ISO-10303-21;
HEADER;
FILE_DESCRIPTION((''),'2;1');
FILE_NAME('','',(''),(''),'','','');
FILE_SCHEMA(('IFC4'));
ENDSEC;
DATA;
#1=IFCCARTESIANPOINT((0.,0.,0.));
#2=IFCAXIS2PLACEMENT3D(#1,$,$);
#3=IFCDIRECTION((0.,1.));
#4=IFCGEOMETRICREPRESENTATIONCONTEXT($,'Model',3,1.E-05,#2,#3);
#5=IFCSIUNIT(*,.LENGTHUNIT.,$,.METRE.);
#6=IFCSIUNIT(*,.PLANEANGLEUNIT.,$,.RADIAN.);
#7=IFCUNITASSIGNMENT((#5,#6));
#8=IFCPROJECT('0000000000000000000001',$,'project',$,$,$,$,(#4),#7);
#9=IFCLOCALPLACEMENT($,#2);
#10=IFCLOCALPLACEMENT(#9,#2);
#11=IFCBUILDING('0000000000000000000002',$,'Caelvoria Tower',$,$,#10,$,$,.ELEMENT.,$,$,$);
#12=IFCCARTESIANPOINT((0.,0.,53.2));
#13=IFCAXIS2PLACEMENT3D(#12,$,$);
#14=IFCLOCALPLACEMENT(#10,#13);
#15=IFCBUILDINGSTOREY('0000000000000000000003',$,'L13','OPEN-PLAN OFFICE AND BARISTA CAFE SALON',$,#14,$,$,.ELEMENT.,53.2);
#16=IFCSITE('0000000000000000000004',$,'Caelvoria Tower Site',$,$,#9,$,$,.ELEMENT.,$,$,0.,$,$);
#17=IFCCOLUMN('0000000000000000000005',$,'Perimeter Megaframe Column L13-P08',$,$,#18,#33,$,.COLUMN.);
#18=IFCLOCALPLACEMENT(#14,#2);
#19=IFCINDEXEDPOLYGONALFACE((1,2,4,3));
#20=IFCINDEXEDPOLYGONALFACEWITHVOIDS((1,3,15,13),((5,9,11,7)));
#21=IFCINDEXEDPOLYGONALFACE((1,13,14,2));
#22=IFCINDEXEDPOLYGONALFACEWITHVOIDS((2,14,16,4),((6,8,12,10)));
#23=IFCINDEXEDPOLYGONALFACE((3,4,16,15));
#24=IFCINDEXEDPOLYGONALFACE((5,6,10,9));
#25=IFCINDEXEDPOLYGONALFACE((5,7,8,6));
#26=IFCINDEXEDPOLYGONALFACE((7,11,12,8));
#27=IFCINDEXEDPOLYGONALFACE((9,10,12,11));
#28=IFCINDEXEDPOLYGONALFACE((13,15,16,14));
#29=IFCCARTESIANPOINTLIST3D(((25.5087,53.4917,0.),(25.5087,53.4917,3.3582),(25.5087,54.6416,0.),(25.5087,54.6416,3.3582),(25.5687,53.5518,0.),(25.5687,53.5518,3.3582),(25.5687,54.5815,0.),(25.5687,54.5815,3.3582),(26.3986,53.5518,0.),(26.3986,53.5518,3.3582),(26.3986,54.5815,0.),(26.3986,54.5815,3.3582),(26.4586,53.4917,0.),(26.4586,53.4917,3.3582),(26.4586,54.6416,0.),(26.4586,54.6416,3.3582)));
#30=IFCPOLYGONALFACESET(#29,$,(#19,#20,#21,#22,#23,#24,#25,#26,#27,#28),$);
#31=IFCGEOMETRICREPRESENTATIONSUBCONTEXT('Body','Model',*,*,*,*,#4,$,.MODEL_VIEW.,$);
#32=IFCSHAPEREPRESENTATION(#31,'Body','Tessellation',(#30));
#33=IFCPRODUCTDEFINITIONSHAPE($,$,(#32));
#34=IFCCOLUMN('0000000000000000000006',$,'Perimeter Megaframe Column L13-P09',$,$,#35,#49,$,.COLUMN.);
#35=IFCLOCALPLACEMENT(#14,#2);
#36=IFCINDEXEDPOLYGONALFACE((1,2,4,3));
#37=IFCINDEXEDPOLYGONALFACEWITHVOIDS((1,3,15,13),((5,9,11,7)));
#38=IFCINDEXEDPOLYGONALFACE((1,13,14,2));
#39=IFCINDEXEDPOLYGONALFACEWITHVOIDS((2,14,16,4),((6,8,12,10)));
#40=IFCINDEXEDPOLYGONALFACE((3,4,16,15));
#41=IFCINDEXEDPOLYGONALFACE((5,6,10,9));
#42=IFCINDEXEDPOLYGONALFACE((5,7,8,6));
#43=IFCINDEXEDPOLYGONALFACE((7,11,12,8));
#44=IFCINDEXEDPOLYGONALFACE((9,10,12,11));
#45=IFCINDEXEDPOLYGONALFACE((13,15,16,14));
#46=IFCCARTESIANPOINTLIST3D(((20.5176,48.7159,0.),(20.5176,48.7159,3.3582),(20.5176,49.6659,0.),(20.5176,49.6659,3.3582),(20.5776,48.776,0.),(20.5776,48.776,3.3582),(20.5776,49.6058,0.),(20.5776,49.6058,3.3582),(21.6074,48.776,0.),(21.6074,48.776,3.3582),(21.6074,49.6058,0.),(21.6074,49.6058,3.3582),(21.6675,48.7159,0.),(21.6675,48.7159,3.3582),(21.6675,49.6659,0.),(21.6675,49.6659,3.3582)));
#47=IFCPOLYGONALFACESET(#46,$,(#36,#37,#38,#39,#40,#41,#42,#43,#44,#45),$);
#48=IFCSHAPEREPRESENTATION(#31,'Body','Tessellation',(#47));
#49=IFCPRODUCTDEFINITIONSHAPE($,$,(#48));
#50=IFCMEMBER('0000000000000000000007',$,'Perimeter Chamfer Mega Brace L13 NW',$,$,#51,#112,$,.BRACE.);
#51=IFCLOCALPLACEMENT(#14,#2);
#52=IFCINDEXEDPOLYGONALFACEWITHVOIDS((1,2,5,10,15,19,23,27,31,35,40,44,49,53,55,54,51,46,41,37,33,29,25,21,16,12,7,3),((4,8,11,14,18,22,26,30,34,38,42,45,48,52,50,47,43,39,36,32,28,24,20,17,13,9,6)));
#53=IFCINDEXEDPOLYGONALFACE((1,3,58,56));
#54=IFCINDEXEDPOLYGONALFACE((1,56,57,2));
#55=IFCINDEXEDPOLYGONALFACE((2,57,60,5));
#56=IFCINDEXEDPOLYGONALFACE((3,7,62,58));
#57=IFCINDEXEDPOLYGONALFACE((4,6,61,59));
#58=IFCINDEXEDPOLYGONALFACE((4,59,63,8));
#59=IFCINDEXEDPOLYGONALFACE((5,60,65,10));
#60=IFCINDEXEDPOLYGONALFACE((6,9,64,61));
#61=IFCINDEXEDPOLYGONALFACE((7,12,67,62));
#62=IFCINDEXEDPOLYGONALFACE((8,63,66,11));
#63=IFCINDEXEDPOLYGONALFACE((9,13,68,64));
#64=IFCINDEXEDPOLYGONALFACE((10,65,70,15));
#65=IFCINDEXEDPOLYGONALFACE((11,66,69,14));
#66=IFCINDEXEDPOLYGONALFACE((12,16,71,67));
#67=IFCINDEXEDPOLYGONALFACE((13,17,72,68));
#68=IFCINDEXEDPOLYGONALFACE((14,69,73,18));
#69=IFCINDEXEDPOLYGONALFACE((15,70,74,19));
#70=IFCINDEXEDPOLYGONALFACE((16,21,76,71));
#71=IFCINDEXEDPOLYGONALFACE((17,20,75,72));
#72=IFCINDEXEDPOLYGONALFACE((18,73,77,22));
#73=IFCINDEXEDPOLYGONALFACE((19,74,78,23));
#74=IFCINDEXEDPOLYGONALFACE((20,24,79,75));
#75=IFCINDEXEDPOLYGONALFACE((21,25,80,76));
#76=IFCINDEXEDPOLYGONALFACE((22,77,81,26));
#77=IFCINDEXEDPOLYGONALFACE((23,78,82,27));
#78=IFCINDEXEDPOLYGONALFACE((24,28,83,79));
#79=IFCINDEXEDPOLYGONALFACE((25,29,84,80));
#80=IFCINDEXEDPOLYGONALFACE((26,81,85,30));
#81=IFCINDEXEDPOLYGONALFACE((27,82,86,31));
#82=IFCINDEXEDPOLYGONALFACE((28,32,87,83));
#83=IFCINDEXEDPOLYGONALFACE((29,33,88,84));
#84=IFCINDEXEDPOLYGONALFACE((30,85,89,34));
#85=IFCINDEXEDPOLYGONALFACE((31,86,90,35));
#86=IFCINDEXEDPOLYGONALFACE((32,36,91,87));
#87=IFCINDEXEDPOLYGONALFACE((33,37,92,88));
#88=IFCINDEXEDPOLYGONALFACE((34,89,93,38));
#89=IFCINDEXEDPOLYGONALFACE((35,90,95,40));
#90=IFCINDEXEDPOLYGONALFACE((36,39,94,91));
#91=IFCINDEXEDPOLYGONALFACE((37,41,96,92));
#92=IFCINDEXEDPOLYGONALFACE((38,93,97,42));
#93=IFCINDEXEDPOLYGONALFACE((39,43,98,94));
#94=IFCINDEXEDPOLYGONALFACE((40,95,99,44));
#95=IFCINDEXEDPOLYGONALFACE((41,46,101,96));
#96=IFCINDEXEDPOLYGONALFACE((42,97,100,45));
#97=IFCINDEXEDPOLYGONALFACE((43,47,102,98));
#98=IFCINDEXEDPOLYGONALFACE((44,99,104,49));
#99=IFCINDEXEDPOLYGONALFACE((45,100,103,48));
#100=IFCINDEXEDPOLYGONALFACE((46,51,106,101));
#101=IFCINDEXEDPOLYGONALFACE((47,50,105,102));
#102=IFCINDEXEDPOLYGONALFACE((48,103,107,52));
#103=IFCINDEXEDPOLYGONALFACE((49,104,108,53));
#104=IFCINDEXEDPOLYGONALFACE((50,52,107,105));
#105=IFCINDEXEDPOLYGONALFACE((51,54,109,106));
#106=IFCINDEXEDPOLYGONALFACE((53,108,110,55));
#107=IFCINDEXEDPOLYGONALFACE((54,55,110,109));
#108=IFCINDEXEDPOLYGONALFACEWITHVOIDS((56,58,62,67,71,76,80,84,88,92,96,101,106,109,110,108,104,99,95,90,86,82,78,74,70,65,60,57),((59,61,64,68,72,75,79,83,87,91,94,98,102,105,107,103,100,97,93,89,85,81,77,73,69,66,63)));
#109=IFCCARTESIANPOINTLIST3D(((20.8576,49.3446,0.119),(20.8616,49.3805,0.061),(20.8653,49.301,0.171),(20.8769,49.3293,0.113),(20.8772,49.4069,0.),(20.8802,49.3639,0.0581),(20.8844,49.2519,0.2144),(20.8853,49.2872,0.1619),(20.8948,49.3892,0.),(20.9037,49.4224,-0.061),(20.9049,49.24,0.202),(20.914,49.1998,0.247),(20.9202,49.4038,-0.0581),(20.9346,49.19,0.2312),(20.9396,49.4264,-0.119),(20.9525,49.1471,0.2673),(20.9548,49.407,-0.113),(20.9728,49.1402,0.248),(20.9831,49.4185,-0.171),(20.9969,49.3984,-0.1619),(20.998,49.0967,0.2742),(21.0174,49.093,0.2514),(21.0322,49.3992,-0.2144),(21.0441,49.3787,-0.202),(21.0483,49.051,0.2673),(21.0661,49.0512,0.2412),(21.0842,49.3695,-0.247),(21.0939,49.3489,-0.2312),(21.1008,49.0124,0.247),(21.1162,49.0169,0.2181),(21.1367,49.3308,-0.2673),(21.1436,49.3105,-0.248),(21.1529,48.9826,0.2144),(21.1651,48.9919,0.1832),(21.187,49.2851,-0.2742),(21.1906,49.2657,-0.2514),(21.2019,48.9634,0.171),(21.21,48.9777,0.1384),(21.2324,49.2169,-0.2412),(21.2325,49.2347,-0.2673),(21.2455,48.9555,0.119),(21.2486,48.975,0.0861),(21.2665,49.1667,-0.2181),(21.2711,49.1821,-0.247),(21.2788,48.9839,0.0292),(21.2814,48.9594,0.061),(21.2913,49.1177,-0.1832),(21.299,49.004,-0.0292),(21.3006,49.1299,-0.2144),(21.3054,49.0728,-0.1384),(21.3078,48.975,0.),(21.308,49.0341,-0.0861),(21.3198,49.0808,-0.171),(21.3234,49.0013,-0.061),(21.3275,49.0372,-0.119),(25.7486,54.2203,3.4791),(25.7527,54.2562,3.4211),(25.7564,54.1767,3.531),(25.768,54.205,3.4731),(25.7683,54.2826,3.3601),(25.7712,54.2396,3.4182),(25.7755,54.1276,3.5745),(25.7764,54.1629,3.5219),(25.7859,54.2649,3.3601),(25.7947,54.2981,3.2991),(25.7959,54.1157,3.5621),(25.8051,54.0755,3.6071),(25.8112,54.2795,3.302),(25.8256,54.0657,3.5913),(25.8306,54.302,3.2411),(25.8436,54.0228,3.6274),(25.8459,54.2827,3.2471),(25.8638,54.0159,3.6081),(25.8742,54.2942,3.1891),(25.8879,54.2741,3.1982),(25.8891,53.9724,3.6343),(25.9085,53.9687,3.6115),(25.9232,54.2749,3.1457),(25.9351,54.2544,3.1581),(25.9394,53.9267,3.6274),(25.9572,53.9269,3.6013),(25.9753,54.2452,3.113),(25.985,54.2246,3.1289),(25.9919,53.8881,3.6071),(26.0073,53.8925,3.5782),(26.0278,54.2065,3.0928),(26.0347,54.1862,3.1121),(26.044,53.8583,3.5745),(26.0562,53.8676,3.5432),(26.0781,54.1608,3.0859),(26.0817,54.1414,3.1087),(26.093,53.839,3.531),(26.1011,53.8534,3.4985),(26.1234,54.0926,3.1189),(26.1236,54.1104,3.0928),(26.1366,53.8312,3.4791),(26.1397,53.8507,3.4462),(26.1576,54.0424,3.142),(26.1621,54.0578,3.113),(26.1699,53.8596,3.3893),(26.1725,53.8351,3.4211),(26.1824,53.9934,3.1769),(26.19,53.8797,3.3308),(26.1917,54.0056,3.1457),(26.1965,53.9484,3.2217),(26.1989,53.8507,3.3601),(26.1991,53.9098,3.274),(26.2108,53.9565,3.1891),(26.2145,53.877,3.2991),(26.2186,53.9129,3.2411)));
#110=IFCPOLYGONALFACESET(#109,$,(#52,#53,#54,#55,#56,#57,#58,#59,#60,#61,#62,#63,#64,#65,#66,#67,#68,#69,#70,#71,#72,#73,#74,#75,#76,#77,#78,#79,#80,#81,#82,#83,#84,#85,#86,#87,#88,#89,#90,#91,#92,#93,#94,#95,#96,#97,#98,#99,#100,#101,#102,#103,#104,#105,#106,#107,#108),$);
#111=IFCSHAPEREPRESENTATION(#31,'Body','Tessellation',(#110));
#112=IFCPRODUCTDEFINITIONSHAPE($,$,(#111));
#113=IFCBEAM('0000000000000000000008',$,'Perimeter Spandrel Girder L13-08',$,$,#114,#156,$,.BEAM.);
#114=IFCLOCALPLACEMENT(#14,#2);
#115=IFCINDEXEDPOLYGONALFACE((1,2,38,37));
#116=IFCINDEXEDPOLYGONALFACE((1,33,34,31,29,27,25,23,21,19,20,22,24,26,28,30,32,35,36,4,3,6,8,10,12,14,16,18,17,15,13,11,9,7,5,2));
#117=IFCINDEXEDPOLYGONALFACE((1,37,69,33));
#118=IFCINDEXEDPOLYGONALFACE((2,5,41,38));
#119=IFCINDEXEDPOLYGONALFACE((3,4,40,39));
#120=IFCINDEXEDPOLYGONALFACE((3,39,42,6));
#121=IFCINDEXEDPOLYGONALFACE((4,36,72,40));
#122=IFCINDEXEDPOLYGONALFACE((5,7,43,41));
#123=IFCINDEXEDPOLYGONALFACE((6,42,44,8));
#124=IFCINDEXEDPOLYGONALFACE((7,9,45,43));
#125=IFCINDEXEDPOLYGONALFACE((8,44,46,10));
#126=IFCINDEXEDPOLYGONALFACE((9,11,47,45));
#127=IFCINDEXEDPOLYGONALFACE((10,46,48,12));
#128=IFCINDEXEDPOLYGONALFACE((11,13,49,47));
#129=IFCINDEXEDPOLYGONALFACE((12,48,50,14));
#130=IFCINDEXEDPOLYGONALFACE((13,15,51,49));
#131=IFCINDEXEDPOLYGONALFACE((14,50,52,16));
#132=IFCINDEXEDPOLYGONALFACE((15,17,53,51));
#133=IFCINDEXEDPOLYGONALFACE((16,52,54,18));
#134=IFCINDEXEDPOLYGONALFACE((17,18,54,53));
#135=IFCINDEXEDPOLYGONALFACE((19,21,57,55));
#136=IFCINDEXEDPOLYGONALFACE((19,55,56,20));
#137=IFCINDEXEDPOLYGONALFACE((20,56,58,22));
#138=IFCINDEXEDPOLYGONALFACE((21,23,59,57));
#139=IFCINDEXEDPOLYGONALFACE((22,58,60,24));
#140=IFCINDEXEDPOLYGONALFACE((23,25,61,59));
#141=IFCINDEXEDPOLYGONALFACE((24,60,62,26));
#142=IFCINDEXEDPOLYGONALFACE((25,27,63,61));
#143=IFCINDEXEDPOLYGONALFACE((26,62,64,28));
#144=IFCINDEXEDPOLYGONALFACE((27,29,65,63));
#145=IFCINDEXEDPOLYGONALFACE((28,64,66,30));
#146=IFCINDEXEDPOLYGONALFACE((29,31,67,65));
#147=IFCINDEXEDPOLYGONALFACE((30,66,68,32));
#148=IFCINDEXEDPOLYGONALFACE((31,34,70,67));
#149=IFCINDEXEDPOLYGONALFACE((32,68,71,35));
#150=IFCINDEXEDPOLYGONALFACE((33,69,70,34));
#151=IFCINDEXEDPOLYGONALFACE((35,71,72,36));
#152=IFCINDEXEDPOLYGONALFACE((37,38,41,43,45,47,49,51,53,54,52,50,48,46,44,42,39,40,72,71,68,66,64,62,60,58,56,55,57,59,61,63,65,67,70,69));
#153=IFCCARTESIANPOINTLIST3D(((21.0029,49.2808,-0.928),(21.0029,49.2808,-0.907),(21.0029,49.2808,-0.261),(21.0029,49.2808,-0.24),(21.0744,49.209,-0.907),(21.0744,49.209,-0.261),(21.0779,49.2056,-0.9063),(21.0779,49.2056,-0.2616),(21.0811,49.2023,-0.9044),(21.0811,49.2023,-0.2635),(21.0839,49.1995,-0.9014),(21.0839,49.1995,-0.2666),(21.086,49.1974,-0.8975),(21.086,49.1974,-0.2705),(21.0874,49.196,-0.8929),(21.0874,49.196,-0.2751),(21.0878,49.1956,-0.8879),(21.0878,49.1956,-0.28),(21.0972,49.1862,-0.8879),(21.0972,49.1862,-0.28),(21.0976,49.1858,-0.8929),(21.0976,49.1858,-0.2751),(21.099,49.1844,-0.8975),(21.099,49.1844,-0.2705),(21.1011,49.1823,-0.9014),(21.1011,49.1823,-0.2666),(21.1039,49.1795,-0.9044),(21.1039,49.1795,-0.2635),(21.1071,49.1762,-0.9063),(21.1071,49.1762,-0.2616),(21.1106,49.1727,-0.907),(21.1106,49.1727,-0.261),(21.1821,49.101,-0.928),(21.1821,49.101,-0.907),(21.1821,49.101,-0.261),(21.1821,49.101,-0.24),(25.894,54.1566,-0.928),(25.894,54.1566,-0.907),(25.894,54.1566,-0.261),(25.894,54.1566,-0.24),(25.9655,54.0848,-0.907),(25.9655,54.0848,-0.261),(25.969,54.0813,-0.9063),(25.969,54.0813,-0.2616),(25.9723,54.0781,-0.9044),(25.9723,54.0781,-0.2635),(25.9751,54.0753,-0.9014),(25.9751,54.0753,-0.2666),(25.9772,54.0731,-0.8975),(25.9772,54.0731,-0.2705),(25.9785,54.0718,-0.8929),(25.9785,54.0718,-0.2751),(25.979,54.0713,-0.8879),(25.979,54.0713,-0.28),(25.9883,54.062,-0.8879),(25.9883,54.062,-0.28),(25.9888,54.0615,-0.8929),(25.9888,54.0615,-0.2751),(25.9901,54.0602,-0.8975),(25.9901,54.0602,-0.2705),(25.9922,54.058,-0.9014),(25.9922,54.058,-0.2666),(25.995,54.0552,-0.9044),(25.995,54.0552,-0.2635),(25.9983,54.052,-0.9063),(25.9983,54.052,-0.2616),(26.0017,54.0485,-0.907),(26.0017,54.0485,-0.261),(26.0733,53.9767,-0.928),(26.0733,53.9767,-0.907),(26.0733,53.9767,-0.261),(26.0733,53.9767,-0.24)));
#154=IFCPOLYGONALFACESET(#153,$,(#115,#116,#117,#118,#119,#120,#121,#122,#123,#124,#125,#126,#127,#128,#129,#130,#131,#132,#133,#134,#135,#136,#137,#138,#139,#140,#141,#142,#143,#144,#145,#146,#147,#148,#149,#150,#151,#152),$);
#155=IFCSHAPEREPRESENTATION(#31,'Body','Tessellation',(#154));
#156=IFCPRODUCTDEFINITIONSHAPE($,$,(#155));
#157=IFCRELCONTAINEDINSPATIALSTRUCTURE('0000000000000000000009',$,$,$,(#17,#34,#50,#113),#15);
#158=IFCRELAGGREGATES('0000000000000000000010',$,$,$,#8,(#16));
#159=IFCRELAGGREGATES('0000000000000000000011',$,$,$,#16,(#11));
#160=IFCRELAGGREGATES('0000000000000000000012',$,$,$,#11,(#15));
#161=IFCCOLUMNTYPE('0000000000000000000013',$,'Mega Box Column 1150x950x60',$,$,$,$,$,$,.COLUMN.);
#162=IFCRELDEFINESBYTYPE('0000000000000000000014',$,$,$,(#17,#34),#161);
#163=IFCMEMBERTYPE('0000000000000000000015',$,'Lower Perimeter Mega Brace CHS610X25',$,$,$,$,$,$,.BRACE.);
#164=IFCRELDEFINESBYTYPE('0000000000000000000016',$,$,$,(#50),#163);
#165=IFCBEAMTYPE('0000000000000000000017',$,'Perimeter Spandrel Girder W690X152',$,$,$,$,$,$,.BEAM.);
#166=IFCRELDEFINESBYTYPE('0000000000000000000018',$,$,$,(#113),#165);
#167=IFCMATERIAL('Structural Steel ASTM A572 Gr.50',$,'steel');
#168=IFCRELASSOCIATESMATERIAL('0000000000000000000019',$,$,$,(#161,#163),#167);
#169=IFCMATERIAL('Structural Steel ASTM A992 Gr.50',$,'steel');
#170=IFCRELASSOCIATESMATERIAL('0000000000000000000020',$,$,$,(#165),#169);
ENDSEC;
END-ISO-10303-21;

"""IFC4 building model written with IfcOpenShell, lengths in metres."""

from ifc_helpers import new_model, si_unit, direction, frame, origin, origin_2d, place, context, subcontext, project, spatial, hollow_rectangle, hollow_circle, i_section, extrude, material, material_profile, profile_set, type_object, element, save


model = new_model("IFC4")

# Units and contexts
model_context = context("Model", 3, precision=1e-05, world=origin(), true_north=direction((0.0, 1.0)))
body_context = subcontext(model_context, "Body", "Model", "MODEL_VIEW")
ifc_project = project(units=[si_unit("LENGTHUNIT", "METRE"), si_unit("PLANEANGLEUNIT", "RADIAN")], contexts=[model_context])

# Site, building, storey
site_placement = place(None, origin())
site = spatial("IfcSite", under=ifc_project, at=site_placement, Name="Caelvoria Tower Site", CompositionType="ELEMENT", RefElevation=0.0)
building_placement = place(site_placement, origin())
building = spatial("IfcBuilding", under=site, at=building_placement, Name="Caelvoria Tower", CompositionType="ELEMENT")
storey_placement = place(building_placement, frame((0.0, 0.0, 53.2)))
storey = spatial("IfcBuildingStorey", under=building, at=storey_placement, Name="L13", Description="OPEN-PLAN OFFICE AND BARISTA CAFE SALON", CompositionType="ELEMENT", Elevation=53.2)

# Columns
ifc_material_1 = material(Name="Structural Steel ASTM A572 Gr.50", Category="steel")
ifc_material_profile_1 = material_profile(ifc_material_1, hollow_rectangle(XDim=0.95, YDim=1.1499, WallThickness=0.0601, at=origin_2d()), Name="Structural Steel ASTM A572 Gr.50")
ifc_profile_set_1 = profile_set([ifc_material_profile_1], Name="BOX1150X950X60 - Structural Steel ASTM A572 Gr.50")
column_type = type_object("IfcColumnType", Name="Mega Box Column 1150x950x60", PredefinedType="COLUMN", material=ifc_profile_set_1)
for number, where, z_axis, x_axis, name in (
    (1, (25.9836, 54.0667, 0.0), (0.0, 0.0, 1.0), (1.0, 0.0, 0.0), "Perimeter Megaframe Column L13-P08"),
    (2, (21.0925, 49.1909, 0.0), (0.0, 0.0, 1.0), (0.0, 1.0, 0.0), "Perimeter Megaframe Column L13-P09"),
):
    element("IfcColumn", number, at=place(storey_placement, frame(where, z_axis=z_axis, x_axis=x_axis)), inside=storey, type_object=column_type, Name=name, PredefinedType="COLUMN", context=body_context, shape_type="SweptSolid", body=[
        extrude(hollow_rectangle(XDim=0.95, YDim=1.1499, WallThickness=0.0601, at=origin_2d()), origin(), (0.0, 0.0, 1.0), 3.3582),
    ])

# Member
ifc_material_profile_2 = material_profile(ifc_material_1, hollow_circle(Radius=0.3049, WallThickness=0.0249, at=origin_2d()), Name="Structural Steel ASTM A572 Gr.50")
ifc_profile_set_2 = profile_set([ifc_material_profile_2], Name="CHS610X25 - Structural Steel ASTM A572 Gr.50")
member_type = type_object("IfcMemberType", Name="Lower Perimeter Mega Brace CHS610X25", PredefinedType="BRACE", material=ifc_profile_set_2)
member_placement = place(storey_placement, frame((21.0925, 49.1909, 0.0), z_axis=(0.636844, 0.634841, 0.4375), x_axis=(-0.705992, 0.708219, 0.0)))
element("IfcMember", 3, at=member_placement, inside=storey, type_object=member_type, Name="Perimeter Chamfer Mega Brace L13 NW", PredefinedType="BRACE", context=body_context, shape_type="SweptSolid", body=[
    extrude(hollow_circle(Radius=0.3049, WallThickness=0.0249, at=origin_2d()), origin(), (0.0, 0.0, 1.0), 7.6802),
])

# Beam
ifc_material_2 = material(Name="Structural Steel ASTM A992 Gr.50", Category="steel")
ifc_material_profile_3 = material_profile(ifc_material_2, i_section(OverallWidth=0.2539, OverallDepth=0.688, WebThickness=0.0132, FlangeThickness=0.021, FilletRadius=0.019, at=origin_2d()), Name="Structural Steel ASTM A992 Gr.50")
ifc_profile_set_3 = profile_set([ifc_material_profile_3], Name="W690X152 - Structural Steel ASTM A992 Gr.50")
beam_type_1 = type_object("IfcBeamType", Name="Perimeter Spandrel Girder W690X152", PredefinedType="BEAM", material=ifc_profile_set_3)
beam_1_placement = place(storey_placement, frame((25.9836, 54.0667, -0.584), z_axis=(-0.708219, -0.705992, 0.0), x_axis=(0.705992, -0.708219, 0.0)))
element("IfcBeam", 4, at=beam_1_placement, inside=storey, type_object=beam_type_1, Name="Perimeter Spandrel Girder L13-08", PredefinedType="BEAM", context=body_context, shape_type="SweptSolid", body=[
    extrude(i_section(OverallWidth=0.2539, OverallDepth=0.688, WebThickness=0.0132, FlangeThickness=0.021, FilletRadius=0.019, at=origin_2d()), origin(), (0.0, 0.0, 1.0), 6.9062),
])

save(model, "model.ifc")
